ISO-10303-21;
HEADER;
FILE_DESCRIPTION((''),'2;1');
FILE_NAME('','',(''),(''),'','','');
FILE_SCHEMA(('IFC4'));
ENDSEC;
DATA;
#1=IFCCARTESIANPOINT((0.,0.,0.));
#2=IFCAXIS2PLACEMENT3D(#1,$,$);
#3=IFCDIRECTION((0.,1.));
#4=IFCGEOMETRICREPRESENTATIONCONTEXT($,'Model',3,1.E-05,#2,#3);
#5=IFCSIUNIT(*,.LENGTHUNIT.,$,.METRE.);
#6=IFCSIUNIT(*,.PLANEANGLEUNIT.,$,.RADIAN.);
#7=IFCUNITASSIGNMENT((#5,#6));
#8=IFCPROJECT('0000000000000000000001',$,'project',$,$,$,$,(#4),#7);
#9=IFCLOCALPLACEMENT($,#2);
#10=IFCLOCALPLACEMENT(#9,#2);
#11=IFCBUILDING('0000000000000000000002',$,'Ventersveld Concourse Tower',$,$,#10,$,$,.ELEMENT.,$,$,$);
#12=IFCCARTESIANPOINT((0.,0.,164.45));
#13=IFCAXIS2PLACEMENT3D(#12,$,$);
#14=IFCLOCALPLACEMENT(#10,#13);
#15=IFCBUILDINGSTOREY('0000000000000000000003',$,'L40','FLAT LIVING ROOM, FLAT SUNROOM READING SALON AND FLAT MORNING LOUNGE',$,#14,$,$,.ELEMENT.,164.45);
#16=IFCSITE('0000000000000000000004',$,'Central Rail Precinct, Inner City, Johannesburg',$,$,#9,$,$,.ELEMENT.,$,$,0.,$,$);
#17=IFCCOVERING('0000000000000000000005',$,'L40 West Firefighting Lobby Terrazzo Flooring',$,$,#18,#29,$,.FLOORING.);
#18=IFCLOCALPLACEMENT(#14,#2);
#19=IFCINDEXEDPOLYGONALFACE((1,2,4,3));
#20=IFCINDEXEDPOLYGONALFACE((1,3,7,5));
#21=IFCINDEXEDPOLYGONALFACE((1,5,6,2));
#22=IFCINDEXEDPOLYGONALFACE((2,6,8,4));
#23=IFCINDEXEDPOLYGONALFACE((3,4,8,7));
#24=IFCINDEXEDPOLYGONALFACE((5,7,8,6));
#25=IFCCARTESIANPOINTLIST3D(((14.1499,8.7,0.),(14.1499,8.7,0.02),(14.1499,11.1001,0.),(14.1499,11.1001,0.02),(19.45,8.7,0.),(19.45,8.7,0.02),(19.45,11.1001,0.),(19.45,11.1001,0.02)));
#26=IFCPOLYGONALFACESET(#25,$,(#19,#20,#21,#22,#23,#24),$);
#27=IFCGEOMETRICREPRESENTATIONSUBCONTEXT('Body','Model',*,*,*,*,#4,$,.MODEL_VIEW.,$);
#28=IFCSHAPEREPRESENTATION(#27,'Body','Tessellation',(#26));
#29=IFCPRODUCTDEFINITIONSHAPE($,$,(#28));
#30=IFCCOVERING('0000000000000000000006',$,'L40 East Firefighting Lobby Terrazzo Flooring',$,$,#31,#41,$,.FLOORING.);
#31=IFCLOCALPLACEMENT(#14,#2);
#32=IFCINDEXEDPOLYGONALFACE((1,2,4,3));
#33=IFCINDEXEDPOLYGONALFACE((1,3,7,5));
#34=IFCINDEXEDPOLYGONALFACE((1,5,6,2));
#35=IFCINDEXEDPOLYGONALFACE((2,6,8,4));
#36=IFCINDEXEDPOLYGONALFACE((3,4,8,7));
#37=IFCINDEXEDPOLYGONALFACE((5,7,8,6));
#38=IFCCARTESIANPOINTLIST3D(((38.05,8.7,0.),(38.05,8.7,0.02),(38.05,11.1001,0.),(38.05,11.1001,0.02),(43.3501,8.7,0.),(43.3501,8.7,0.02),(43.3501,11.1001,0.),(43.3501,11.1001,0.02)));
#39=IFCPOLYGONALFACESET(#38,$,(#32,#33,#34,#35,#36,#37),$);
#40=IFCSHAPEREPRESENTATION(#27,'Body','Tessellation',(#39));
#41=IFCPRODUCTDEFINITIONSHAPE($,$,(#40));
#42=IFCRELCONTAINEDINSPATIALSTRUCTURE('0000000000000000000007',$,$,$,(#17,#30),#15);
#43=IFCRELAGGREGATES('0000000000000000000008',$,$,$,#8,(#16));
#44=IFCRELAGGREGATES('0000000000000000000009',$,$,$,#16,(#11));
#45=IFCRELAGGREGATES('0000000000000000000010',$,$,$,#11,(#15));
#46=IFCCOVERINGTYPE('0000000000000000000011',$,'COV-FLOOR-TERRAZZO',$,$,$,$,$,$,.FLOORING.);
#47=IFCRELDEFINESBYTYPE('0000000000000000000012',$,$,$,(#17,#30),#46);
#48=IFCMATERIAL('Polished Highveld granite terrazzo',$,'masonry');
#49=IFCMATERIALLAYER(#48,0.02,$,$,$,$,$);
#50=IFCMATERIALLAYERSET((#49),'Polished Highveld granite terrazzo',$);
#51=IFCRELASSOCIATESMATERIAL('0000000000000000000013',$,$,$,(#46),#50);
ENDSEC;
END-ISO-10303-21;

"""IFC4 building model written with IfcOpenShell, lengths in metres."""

from ifc_helpers import new_model, si_unit, direction, frame, origin, place, context, subcontext, project, spatial, polyline, outline, extrude, material, layer, layer_set, type_object, element, save


model = new_model("IFC4")

# Units and contexts
model_context = context("Model", 3, precision=1e-05, world=origin(), true_north=direction((0.0, 1.0)))
body_context = subcontext(model_context, "Body", "Model", "MODEL_VIEW")
ifc_project = project(units=[si_unit("LENGTHUNIT", "METRE"), si_unit("PLANEANGLEUNIT", "RADIAN")], contexts=[model_context])

# Site, building, storey
site_placement = place(None, origin())
site = spatial("IfcSite", under=ifc_project, at=site_placement, Name="Central Rail Precinct, Inner City, Johannesburg", CompositionType="ELEMENT", RefElevation=0.0)
building_placement = place(site_placement, origin())
building = spatial("IfcBuilding", under=site, at=building_placement, Name="Ventersveld Concourse Tower", CompositionType="ELEMENT")
storey_placement = place(building_placement, frame((0.0, 0.0, 164.45)))
storey = spatial("IfcBuildingStorey", under=building, at=storey_placement, Name="L40", Description="FLAT LIVING ROOM, FLAT SUNROOM READING SALON AND FLAT MORNING LOUNGE", CompositionType="ELEMENT", Elevation=164.45)

# Coverings
ifc_material_1 = material(Name="Polished Highveld granite terrazzo", Category="masonry")
ifc_layer_1 = layer(ifc_material_1, 0.02)
ifc_layer_set_1 = layer_set([ifc_layer_1], Name="Polished Highveld granite terrazzo")
covering_type_1 = type_object("IfcCoveringType", Name="COV-FLOOR-TERRAZZO", PredefinedType="FLOORING", material=ifc_layer_set_1)
covering_1_placement = place(storey_placement, origin())
element("IfcCovering", 1, at=covering_1_placement, inside=storey, type_object=covering_type_1, Name="L40 West Firefighting Lobby Terrazzo Flooring", PredefinedType="FLOORING", context=body_context, shape_type="SweptSolid", body=[
    extrude(outline(polyline([(14.1499, 8.7), (19.45, 8.7), (19.45, 11.1001), (14.1499, 11.1001), (14.1499, 8.7)])), origin(), (0.0, 0.0, 1.0), 0.02),
])
covering_2_placement = place(storey_placement, origin())
element("IfcCovering", 2, at=covering_2_placement, inside=storey, type_object=covering_type_1, Name="L40 East Firefighting Lobby Terrazzo Flooring", PredefinedType="FLOORING", context=body_context, shape_type="SweptSolid", body=[
    extrude(outline(polyline([(38.05, 8.7), (43.3501, 8.7), (43.3501, 11.1001), (38.05, 11.1001), (38.05, 8.7)])), origin(), (0.0, 0.0, 1.0), 0.02),
])

save(model, "model.ifc")
